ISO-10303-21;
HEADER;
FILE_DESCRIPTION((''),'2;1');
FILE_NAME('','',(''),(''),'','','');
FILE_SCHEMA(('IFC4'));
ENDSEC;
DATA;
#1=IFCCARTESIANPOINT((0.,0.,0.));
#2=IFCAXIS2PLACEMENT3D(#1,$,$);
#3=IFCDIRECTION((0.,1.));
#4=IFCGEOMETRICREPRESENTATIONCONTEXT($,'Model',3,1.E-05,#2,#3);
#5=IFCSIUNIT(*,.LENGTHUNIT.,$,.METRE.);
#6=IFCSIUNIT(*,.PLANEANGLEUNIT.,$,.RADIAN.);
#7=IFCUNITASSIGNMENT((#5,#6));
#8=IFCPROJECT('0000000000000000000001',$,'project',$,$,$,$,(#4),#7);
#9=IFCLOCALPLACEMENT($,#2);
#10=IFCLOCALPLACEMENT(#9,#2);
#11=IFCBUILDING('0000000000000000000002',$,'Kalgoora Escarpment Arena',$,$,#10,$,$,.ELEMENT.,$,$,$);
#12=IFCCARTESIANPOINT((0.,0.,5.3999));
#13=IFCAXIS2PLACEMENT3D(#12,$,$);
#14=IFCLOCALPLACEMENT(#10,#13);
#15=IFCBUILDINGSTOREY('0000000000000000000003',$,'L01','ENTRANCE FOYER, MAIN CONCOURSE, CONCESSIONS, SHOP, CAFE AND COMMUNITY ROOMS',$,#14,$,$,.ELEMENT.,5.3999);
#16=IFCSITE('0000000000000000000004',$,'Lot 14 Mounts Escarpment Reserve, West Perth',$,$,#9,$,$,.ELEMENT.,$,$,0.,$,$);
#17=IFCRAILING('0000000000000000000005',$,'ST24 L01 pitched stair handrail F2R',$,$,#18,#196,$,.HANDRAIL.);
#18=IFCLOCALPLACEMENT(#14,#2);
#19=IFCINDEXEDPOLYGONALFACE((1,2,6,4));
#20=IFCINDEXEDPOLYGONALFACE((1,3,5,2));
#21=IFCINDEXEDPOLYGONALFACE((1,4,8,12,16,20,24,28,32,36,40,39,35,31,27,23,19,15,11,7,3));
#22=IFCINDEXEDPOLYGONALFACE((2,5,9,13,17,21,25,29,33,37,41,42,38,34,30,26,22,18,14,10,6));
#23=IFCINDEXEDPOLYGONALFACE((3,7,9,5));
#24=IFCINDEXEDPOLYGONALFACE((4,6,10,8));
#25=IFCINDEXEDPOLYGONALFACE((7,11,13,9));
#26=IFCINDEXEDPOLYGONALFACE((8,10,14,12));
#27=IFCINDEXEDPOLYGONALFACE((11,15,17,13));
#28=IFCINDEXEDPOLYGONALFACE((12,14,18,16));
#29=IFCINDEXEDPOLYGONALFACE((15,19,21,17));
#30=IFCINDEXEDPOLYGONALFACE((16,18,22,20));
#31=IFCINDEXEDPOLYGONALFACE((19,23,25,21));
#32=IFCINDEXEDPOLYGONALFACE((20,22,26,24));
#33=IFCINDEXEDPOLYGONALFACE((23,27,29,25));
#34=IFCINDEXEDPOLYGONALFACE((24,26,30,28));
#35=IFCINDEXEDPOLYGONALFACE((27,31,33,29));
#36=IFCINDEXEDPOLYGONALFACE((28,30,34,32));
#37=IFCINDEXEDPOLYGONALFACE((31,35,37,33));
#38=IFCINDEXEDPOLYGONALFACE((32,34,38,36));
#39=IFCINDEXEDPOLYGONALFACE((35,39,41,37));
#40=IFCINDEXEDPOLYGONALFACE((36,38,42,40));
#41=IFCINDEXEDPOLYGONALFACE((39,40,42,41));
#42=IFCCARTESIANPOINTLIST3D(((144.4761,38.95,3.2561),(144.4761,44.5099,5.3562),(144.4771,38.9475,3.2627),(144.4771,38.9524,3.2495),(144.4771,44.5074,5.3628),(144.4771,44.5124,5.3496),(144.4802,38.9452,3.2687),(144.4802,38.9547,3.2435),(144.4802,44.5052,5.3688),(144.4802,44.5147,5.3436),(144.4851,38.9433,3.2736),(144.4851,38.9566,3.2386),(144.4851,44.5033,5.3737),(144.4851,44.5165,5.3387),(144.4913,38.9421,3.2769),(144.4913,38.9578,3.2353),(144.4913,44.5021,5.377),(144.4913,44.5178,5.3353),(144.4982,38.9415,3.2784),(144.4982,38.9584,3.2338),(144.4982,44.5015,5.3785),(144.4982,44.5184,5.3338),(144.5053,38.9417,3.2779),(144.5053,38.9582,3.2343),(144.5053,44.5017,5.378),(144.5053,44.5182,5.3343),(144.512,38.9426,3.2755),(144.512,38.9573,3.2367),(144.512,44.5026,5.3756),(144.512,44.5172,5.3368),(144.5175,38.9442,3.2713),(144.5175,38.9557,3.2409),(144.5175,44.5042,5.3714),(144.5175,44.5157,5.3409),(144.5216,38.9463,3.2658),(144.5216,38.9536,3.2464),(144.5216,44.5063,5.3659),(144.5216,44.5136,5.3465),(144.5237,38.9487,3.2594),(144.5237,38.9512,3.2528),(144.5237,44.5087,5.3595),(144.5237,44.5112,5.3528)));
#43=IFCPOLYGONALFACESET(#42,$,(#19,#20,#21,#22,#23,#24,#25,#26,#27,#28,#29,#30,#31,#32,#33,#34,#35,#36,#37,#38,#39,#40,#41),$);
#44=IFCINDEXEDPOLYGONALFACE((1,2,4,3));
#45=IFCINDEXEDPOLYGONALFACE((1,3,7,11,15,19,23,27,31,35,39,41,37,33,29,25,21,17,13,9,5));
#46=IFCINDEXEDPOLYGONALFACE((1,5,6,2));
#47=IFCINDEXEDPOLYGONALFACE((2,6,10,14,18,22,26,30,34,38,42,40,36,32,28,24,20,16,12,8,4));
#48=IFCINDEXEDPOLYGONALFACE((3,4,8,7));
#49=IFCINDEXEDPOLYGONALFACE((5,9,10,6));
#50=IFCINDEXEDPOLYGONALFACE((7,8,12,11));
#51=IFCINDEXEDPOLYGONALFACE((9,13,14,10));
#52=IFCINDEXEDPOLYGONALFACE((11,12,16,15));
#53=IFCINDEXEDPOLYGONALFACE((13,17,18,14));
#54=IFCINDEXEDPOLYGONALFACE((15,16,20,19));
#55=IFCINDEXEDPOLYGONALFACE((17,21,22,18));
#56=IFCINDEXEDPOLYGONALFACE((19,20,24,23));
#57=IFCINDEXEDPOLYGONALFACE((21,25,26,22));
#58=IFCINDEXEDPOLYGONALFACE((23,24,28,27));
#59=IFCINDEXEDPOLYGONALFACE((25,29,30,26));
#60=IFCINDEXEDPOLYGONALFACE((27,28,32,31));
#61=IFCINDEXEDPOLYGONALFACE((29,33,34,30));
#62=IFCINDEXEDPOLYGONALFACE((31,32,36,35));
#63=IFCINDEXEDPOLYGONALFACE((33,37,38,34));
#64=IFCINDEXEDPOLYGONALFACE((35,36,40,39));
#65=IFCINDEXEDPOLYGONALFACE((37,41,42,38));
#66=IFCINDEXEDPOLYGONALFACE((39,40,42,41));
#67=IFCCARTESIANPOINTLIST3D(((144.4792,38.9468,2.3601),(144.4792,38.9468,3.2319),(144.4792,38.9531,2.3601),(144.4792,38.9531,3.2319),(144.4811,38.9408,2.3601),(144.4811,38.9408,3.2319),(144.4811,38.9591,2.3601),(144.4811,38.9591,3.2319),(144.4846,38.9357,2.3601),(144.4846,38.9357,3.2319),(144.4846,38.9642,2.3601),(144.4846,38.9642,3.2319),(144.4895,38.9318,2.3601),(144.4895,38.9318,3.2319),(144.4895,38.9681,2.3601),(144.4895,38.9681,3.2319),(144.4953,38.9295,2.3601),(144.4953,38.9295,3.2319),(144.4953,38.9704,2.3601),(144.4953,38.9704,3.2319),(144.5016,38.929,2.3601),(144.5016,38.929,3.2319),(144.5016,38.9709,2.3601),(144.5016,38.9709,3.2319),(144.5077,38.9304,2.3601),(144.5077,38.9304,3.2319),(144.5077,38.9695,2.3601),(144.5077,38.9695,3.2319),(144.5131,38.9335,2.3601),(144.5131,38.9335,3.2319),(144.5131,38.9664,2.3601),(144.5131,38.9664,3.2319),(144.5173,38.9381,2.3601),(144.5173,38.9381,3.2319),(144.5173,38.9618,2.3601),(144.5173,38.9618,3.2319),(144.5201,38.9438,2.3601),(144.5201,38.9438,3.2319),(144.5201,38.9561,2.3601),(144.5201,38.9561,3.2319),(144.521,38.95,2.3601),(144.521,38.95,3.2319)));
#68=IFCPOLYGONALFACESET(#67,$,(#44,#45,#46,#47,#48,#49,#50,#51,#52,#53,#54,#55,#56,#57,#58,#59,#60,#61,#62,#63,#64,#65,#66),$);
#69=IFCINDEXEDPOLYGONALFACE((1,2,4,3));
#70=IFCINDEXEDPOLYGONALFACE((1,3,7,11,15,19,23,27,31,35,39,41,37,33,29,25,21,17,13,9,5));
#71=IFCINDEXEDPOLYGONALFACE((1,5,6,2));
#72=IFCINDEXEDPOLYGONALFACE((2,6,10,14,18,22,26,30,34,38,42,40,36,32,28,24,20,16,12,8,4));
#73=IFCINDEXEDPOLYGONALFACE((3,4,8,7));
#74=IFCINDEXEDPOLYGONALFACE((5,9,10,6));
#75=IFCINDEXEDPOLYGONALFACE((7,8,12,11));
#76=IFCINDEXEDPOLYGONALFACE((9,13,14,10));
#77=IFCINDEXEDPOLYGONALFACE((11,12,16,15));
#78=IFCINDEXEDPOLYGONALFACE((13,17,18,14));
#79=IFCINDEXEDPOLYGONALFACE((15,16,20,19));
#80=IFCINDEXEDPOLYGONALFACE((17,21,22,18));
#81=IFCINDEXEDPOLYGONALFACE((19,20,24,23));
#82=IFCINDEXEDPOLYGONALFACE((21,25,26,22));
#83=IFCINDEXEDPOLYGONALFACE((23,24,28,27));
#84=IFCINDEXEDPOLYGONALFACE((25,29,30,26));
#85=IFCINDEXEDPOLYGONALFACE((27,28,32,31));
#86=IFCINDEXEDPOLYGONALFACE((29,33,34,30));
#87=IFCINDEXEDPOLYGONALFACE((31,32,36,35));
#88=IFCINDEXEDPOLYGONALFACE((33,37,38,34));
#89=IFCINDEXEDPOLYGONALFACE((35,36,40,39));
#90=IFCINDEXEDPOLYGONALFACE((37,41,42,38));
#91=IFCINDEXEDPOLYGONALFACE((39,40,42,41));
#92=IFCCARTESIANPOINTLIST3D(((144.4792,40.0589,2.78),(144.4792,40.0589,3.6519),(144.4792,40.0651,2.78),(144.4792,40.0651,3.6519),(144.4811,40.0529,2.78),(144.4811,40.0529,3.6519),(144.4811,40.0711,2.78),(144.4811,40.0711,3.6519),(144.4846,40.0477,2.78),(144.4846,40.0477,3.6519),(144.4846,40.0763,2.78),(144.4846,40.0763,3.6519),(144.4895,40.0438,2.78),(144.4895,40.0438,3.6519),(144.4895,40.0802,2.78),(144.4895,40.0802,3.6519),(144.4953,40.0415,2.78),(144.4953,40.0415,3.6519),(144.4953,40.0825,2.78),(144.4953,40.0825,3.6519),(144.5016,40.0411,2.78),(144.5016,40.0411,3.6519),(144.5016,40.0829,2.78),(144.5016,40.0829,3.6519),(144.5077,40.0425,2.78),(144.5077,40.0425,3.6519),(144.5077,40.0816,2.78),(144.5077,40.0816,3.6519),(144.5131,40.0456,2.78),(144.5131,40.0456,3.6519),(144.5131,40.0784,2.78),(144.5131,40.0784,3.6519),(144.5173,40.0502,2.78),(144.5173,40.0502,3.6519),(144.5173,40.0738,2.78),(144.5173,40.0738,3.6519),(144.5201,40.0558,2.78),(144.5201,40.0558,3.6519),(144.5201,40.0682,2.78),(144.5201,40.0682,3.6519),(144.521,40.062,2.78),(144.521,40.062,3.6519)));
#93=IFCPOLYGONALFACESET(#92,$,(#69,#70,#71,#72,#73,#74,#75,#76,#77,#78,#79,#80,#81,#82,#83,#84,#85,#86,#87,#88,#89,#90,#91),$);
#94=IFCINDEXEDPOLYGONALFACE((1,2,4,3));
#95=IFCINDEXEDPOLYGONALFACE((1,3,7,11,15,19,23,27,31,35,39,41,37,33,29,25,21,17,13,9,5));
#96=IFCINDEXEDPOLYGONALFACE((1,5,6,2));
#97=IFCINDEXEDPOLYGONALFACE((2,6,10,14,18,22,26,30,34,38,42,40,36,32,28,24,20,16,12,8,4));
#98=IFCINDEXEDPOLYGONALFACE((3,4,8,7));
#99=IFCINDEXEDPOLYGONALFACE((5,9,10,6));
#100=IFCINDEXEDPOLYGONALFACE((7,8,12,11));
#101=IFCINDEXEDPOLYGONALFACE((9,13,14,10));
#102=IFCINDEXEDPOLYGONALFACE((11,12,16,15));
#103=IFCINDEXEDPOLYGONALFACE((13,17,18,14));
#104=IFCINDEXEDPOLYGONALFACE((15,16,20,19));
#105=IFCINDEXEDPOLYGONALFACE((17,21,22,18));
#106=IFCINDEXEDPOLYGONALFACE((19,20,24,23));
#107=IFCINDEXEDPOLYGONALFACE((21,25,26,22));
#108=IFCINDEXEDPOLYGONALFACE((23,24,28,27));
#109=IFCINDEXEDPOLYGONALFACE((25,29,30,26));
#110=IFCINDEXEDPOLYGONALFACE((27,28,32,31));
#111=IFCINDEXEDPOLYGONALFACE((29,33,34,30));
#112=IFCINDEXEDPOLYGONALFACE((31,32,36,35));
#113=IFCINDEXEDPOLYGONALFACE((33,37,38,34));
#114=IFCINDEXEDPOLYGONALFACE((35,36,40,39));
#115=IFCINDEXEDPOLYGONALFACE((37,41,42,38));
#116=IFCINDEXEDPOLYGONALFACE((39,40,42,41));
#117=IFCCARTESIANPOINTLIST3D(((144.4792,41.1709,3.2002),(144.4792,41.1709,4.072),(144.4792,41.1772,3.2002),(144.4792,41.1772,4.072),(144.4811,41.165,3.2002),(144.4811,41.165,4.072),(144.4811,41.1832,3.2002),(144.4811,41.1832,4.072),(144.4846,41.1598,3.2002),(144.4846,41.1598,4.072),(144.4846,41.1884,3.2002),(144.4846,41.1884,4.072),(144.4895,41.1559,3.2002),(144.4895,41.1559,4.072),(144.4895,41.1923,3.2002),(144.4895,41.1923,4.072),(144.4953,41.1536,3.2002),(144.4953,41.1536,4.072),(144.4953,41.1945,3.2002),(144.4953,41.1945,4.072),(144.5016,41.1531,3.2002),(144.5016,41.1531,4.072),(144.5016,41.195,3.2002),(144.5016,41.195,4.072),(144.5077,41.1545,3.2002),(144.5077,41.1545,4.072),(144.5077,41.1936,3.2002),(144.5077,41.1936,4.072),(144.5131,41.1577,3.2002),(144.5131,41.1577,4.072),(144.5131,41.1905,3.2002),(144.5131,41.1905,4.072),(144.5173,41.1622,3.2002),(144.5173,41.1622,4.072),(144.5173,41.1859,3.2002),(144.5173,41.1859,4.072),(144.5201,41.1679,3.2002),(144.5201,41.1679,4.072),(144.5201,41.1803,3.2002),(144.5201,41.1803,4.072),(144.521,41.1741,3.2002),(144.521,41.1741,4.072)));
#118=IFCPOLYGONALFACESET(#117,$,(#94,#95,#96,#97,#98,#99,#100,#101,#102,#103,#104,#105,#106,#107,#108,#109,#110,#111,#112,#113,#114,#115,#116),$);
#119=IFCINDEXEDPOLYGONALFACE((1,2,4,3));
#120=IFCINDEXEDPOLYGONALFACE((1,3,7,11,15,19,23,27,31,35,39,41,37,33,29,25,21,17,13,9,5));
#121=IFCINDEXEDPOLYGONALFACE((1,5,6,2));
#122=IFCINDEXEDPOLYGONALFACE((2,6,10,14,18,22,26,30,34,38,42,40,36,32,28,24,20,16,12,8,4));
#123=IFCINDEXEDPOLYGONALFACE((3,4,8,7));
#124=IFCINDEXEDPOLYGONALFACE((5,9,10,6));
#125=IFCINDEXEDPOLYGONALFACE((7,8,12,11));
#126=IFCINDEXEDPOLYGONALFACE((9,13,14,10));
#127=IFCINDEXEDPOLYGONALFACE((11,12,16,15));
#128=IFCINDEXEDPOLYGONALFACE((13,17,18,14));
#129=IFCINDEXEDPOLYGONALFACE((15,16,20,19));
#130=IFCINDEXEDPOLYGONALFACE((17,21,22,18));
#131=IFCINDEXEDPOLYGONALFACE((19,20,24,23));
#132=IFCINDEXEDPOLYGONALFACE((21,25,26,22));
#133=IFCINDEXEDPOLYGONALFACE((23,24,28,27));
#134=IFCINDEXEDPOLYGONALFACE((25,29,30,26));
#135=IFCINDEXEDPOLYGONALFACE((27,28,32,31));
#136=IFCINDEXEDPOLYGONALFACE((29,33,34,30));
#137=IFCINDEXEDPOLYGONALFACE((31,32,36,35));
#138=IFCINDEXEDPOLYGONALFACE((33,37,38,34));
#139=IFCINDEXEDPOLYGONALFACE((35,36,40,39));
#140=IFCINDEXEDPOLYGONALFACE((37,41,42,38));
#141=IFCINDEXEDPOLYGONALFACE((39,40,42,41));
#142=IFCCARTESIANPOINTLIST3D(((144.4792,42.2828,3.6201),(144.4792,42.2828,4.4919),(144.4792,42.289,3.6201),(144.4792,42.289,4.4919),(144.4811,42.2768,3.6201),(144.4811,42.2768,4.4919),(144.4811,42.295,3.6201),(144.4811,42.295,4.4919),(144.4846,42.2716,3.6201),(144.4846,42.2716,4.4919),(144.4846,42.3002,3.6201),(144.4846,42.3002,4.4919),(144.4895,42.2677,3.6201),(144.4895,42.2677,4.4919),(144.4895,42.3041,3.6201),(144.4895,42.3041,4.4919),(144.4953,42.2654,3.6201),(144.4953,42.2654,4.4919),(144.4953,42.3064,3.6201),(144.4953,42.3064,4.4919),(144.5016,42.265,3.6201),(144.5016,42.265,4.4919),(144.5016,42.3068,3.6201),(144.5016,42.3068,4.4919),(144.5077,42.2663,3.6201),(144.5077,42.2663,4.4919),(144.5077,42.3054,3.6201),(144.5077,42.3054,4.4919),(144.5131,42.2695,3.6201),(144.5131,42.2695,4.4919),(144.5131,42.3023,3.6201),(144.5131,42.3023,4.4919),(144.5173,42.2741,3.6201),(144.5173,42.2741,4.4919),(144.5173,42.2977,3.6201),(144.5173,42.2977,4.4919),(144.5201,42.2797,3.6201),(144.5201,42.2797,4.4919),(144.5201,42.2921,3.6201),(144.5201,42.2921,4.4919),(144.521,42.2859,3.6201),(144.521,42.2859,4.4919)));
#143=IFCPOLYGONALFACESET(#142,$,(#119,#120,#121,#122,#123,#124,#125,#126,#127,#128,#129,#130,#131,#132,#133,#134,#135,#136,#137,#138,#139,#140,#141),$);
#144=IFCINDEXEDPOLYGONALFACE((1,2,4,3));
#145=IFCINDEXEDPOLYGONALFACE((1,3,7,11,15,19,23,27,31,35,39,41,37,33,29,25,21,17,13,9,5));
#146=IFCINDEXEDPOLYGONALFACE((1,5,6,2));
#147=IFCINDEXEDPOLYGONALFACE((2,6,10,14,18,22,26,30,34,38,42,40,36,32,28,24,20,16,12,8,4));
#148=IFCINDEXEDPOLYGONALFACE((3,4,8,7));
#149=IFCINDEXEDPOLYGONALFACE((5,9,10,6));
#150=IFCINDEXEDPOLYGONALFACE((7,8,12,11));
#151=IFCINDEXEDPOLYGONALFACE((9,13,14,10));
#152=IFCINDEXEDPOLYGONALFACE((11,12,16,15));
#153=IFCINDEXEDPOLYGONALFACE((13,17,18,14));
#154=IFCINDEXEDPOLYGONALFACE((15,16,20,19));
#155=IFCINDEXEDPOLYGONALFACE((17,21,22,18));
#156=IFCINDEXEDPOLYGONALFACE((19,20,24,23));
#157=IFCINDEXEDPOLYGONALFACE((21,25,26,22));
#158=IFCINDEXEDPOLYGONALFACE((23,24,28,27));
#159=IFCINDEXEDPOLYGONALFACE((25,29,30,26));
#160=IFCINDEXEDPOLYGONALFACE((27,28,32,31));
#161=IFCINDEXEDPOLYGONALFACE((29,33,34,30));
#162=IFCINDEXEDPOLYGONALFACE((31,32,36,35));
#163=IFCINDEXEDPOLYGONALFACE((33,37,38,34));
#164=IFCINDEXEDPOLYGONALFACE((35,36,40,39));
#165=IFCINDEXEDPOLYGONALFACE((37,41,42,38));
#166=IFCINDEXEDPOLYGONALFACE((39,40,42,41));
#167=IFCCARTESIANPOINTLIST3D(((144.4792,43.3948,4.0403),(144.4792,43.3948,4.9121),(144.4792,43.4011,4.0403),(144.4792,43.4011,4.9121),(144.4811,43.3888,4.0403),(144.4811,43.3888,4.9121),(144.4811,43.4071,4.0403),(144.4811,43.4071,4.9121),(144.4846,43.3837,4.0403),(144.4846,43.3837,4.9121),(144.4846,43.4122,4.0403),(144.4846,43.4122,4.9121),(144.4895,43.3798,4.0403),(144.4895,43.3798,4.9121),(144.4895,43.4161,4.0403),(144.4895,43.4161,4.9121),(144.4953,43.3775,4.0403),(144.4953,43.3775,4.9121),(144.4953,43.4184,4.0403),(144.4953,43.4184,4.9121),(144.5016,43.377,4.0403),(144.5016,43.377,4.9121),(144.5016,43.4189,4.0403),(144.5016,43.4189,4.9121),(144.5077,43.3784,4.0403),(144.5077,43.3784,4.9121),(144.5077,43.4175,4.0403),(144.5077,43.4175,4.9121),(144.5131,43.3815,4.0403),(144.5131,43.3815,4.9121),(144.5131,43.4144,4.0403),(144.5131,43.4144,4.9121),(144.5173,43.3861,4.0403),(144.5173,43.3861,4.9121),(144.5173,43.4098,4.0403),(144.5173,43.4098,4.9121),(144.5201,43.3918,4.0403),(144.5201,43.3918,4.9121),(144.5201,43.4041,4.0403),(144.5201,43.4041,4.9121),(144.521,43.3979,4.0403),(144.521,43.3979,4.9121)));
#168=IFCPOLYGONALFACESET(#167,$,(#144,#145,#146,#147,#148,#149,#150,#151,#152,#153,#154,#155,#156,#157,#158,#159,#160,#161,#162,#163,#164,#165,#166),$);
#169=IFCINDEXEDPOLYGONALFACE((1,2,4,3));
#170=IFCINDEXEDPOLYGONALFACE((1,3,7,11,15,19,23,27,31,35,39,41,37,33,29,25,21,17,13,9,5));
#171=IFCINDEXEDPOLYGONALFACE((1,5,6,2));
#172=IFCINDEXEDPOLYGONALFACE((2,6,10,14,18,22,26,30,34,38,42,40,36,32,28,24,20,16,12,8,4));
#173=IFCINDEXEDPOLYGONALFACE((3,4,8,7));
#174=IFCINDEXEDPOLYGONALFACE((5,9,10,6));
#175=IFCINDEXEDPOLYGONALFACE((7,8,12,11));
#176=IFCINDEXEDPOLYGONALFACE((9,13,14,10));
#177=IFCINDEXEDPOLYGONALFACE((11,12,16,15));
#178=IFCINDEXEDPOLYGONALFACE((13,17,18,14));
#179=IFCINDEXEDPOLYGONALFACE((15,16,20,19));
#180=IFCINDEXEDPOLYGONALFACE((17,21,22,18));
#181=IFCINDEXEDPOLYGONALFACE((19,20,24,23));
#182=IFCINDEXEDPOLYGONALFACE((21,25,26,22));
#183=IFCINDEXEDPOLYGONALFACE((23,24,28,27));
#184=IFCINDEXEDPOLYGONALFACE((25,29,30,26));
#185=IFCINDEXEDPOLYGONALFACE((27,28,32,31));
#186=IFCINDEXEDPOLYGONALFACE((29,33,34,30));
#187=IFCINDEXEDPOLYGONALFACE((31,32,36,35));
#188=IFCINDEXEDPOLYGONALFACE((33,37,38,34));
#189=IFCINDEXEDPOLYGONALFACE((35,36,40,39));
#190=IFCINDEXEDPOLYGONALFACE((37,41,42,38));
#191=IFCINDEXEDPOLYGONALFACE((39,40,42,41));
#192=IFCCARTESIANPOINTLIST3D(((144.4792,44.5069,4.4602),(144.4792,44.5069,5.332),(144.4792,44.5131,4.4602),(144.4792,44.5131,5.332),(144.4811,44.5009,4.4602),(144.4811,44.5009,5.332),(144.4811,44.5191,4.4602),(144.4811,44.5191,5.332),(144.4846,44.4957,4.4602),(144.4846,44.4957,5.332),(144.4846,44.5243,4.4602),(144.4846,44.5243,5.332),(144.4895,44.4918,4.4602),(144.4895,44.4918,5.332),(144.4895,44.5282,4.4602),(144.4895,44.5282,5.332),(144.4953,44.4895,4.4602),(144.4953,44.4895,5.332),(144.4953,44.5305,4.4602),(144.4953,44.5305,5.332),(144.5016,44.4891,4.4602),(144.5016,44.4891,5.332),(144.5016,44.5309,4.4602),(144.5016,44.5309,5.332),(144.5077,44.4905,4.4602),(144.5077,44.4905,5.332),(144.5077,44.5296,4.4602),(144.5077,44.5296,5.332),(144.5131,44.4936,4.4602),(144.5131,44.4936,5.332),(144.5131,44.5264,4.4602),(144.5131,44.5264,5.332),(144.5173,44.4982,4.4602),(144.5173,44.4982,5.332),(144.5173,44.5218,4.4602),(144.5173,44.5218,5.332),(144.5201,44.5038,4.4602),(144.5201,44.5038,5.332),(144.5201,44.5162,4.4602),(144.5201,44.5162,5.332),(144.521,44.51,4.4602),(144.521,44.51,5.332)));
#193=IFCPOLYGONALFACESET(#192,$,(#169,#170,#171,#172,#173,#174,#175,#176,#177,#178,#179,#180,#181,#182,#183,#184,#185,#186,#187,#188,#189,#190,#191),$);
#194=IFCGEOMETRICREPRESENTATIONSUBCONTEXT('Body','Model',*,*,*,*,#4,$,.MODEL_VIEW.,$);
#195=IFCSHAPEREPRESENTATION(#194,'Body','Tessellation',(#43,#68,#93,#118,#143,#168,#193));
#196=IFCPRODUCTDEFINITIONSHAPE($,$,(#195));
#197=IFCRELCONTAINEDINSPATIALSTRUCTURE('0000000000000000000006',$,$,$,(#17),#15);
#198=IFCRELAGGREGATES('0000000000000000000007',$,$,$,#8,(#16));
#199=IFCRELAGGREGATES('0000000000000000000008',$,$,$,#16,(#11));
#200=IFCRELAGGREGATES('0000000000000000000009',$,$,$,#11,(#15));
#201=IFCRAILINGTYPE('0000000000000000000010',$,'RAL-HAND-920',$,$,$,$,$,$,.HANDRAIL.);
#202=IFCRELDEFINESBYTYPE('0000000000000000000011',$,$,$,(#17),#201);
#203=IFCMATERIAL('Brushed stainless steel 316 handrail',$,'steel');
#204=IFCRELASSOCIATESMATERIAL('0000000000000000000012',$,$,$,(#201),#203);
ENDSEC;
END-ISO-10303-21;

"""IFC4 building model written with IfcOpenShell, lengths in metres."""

from ifc_helpers import new_model, si_unit, direction, frame, origin, origin_2d, place, context, subcontext, project, spatial, circle, extrude, material, type_object, element, save


model = new_model("IFC4")

# Units and contexts
model_context = context("Model", 3, precision=1e-05, world=origin(), true_north=direction((0.0, 1.0)))
body_context = subcontext(model_context, "Body", "Model", "MODEL_VIEW")
ifc_project = project(units=[si_unit("LENGTHUNIT", "METRE"), si_unit("PLANEANGLEUNIT", "RADIAN")], contexts=[model_context])

# Site, building, storey
site_placement = place(None, origin())
site = spatial("IfcSite", under=ifc_project, at=site_placement, Name="Lot 14 Mounts Escarpment Reserve, West Perth", CompositionType="ELEMENT", RefElevation=0.0)
building_placement = place(site_placement, origin())
building = spatial("IfcBuilding", under=site, at=building_placement, Name="Kalgoora Escarpment Arena", CompositionType="ELEMENT")
storey_placement = place(building_placement, frame((0.0, 0.0, 5.3999)))
storey = spatial("IfcBuildingStorey", under=building, at=storey_placement, Name="L01", Description="ENTRANCE FOYER, MAIN CONCOURSE, CONCESSIONS, SHOP, CAFE AND COMMUNITY ROOMS", CompositionType="ELEMENT", Elevation=5.3999)

# Railing
ifc_material_1 = material(Name="Brushed stainless steel 316 handrail", Category="steel")
railing_type_1 = type_object("IfcRailingType", Name="RAL-HAND-920", PredefinedType="HANDRAIL", material=ifc_material_1)
railing_1_placement = place(storey_placement, frame((144.5, 38.95, 2.3601)))
element("IfcRailing", 1, at=railing_1_placement, inside=storey, type_object=railing_type_1, Name="ST24 L01 pitched stair handrail F2R", PredefinedType="HANDRAIL", context=body_context, shape_type="SweptSolid", body=[
    extrude(circle(Radius=0.0239, at=origin_2d()), frame((0.0, 0.0, 0.896), z_axis=(0.0, 0.935493, 0.353346), x_axis=(-1.0, 0.0, 0.0)), (0.0, 0.0, 1.0), 5.9434),
    extrude(circle(Radius=0.021, at=origin_2d()), origin(), (0.0, 0.0, 1.0), 0.8718),
    extrude(circle(Radius=0.021, at=origin_2d()), frame((0.0, 1.1121, 0.4199)), (0.0, 0.0, 1.0), 0.8718),
    extrude(circle(Radius=0.021, at=origin_2d()), frame((0.0, 2.2241, 0.8401)), (0.0, 0.0, 1.0), 0.8718),
    extrude(circle(Radius=0.021, at=origin_2d()), frame((0.0, 3.3359, 1.26)), (0.0, 0.0, 1.0), 0.8718),
    extrude(circle(Radius=0.021, at=origin_2d()), frame((0.0, 4.448, 1.6802)), (0.0, 0.0, 1.0), 0.8718),
    extrude(circle(Radius=0.021, at=origin_2d()), frame((0.0, 5.5601, 2.1001)), (0.0, 0.0, 1.0), 0.8718),
])

save(model, "model.ifc")
